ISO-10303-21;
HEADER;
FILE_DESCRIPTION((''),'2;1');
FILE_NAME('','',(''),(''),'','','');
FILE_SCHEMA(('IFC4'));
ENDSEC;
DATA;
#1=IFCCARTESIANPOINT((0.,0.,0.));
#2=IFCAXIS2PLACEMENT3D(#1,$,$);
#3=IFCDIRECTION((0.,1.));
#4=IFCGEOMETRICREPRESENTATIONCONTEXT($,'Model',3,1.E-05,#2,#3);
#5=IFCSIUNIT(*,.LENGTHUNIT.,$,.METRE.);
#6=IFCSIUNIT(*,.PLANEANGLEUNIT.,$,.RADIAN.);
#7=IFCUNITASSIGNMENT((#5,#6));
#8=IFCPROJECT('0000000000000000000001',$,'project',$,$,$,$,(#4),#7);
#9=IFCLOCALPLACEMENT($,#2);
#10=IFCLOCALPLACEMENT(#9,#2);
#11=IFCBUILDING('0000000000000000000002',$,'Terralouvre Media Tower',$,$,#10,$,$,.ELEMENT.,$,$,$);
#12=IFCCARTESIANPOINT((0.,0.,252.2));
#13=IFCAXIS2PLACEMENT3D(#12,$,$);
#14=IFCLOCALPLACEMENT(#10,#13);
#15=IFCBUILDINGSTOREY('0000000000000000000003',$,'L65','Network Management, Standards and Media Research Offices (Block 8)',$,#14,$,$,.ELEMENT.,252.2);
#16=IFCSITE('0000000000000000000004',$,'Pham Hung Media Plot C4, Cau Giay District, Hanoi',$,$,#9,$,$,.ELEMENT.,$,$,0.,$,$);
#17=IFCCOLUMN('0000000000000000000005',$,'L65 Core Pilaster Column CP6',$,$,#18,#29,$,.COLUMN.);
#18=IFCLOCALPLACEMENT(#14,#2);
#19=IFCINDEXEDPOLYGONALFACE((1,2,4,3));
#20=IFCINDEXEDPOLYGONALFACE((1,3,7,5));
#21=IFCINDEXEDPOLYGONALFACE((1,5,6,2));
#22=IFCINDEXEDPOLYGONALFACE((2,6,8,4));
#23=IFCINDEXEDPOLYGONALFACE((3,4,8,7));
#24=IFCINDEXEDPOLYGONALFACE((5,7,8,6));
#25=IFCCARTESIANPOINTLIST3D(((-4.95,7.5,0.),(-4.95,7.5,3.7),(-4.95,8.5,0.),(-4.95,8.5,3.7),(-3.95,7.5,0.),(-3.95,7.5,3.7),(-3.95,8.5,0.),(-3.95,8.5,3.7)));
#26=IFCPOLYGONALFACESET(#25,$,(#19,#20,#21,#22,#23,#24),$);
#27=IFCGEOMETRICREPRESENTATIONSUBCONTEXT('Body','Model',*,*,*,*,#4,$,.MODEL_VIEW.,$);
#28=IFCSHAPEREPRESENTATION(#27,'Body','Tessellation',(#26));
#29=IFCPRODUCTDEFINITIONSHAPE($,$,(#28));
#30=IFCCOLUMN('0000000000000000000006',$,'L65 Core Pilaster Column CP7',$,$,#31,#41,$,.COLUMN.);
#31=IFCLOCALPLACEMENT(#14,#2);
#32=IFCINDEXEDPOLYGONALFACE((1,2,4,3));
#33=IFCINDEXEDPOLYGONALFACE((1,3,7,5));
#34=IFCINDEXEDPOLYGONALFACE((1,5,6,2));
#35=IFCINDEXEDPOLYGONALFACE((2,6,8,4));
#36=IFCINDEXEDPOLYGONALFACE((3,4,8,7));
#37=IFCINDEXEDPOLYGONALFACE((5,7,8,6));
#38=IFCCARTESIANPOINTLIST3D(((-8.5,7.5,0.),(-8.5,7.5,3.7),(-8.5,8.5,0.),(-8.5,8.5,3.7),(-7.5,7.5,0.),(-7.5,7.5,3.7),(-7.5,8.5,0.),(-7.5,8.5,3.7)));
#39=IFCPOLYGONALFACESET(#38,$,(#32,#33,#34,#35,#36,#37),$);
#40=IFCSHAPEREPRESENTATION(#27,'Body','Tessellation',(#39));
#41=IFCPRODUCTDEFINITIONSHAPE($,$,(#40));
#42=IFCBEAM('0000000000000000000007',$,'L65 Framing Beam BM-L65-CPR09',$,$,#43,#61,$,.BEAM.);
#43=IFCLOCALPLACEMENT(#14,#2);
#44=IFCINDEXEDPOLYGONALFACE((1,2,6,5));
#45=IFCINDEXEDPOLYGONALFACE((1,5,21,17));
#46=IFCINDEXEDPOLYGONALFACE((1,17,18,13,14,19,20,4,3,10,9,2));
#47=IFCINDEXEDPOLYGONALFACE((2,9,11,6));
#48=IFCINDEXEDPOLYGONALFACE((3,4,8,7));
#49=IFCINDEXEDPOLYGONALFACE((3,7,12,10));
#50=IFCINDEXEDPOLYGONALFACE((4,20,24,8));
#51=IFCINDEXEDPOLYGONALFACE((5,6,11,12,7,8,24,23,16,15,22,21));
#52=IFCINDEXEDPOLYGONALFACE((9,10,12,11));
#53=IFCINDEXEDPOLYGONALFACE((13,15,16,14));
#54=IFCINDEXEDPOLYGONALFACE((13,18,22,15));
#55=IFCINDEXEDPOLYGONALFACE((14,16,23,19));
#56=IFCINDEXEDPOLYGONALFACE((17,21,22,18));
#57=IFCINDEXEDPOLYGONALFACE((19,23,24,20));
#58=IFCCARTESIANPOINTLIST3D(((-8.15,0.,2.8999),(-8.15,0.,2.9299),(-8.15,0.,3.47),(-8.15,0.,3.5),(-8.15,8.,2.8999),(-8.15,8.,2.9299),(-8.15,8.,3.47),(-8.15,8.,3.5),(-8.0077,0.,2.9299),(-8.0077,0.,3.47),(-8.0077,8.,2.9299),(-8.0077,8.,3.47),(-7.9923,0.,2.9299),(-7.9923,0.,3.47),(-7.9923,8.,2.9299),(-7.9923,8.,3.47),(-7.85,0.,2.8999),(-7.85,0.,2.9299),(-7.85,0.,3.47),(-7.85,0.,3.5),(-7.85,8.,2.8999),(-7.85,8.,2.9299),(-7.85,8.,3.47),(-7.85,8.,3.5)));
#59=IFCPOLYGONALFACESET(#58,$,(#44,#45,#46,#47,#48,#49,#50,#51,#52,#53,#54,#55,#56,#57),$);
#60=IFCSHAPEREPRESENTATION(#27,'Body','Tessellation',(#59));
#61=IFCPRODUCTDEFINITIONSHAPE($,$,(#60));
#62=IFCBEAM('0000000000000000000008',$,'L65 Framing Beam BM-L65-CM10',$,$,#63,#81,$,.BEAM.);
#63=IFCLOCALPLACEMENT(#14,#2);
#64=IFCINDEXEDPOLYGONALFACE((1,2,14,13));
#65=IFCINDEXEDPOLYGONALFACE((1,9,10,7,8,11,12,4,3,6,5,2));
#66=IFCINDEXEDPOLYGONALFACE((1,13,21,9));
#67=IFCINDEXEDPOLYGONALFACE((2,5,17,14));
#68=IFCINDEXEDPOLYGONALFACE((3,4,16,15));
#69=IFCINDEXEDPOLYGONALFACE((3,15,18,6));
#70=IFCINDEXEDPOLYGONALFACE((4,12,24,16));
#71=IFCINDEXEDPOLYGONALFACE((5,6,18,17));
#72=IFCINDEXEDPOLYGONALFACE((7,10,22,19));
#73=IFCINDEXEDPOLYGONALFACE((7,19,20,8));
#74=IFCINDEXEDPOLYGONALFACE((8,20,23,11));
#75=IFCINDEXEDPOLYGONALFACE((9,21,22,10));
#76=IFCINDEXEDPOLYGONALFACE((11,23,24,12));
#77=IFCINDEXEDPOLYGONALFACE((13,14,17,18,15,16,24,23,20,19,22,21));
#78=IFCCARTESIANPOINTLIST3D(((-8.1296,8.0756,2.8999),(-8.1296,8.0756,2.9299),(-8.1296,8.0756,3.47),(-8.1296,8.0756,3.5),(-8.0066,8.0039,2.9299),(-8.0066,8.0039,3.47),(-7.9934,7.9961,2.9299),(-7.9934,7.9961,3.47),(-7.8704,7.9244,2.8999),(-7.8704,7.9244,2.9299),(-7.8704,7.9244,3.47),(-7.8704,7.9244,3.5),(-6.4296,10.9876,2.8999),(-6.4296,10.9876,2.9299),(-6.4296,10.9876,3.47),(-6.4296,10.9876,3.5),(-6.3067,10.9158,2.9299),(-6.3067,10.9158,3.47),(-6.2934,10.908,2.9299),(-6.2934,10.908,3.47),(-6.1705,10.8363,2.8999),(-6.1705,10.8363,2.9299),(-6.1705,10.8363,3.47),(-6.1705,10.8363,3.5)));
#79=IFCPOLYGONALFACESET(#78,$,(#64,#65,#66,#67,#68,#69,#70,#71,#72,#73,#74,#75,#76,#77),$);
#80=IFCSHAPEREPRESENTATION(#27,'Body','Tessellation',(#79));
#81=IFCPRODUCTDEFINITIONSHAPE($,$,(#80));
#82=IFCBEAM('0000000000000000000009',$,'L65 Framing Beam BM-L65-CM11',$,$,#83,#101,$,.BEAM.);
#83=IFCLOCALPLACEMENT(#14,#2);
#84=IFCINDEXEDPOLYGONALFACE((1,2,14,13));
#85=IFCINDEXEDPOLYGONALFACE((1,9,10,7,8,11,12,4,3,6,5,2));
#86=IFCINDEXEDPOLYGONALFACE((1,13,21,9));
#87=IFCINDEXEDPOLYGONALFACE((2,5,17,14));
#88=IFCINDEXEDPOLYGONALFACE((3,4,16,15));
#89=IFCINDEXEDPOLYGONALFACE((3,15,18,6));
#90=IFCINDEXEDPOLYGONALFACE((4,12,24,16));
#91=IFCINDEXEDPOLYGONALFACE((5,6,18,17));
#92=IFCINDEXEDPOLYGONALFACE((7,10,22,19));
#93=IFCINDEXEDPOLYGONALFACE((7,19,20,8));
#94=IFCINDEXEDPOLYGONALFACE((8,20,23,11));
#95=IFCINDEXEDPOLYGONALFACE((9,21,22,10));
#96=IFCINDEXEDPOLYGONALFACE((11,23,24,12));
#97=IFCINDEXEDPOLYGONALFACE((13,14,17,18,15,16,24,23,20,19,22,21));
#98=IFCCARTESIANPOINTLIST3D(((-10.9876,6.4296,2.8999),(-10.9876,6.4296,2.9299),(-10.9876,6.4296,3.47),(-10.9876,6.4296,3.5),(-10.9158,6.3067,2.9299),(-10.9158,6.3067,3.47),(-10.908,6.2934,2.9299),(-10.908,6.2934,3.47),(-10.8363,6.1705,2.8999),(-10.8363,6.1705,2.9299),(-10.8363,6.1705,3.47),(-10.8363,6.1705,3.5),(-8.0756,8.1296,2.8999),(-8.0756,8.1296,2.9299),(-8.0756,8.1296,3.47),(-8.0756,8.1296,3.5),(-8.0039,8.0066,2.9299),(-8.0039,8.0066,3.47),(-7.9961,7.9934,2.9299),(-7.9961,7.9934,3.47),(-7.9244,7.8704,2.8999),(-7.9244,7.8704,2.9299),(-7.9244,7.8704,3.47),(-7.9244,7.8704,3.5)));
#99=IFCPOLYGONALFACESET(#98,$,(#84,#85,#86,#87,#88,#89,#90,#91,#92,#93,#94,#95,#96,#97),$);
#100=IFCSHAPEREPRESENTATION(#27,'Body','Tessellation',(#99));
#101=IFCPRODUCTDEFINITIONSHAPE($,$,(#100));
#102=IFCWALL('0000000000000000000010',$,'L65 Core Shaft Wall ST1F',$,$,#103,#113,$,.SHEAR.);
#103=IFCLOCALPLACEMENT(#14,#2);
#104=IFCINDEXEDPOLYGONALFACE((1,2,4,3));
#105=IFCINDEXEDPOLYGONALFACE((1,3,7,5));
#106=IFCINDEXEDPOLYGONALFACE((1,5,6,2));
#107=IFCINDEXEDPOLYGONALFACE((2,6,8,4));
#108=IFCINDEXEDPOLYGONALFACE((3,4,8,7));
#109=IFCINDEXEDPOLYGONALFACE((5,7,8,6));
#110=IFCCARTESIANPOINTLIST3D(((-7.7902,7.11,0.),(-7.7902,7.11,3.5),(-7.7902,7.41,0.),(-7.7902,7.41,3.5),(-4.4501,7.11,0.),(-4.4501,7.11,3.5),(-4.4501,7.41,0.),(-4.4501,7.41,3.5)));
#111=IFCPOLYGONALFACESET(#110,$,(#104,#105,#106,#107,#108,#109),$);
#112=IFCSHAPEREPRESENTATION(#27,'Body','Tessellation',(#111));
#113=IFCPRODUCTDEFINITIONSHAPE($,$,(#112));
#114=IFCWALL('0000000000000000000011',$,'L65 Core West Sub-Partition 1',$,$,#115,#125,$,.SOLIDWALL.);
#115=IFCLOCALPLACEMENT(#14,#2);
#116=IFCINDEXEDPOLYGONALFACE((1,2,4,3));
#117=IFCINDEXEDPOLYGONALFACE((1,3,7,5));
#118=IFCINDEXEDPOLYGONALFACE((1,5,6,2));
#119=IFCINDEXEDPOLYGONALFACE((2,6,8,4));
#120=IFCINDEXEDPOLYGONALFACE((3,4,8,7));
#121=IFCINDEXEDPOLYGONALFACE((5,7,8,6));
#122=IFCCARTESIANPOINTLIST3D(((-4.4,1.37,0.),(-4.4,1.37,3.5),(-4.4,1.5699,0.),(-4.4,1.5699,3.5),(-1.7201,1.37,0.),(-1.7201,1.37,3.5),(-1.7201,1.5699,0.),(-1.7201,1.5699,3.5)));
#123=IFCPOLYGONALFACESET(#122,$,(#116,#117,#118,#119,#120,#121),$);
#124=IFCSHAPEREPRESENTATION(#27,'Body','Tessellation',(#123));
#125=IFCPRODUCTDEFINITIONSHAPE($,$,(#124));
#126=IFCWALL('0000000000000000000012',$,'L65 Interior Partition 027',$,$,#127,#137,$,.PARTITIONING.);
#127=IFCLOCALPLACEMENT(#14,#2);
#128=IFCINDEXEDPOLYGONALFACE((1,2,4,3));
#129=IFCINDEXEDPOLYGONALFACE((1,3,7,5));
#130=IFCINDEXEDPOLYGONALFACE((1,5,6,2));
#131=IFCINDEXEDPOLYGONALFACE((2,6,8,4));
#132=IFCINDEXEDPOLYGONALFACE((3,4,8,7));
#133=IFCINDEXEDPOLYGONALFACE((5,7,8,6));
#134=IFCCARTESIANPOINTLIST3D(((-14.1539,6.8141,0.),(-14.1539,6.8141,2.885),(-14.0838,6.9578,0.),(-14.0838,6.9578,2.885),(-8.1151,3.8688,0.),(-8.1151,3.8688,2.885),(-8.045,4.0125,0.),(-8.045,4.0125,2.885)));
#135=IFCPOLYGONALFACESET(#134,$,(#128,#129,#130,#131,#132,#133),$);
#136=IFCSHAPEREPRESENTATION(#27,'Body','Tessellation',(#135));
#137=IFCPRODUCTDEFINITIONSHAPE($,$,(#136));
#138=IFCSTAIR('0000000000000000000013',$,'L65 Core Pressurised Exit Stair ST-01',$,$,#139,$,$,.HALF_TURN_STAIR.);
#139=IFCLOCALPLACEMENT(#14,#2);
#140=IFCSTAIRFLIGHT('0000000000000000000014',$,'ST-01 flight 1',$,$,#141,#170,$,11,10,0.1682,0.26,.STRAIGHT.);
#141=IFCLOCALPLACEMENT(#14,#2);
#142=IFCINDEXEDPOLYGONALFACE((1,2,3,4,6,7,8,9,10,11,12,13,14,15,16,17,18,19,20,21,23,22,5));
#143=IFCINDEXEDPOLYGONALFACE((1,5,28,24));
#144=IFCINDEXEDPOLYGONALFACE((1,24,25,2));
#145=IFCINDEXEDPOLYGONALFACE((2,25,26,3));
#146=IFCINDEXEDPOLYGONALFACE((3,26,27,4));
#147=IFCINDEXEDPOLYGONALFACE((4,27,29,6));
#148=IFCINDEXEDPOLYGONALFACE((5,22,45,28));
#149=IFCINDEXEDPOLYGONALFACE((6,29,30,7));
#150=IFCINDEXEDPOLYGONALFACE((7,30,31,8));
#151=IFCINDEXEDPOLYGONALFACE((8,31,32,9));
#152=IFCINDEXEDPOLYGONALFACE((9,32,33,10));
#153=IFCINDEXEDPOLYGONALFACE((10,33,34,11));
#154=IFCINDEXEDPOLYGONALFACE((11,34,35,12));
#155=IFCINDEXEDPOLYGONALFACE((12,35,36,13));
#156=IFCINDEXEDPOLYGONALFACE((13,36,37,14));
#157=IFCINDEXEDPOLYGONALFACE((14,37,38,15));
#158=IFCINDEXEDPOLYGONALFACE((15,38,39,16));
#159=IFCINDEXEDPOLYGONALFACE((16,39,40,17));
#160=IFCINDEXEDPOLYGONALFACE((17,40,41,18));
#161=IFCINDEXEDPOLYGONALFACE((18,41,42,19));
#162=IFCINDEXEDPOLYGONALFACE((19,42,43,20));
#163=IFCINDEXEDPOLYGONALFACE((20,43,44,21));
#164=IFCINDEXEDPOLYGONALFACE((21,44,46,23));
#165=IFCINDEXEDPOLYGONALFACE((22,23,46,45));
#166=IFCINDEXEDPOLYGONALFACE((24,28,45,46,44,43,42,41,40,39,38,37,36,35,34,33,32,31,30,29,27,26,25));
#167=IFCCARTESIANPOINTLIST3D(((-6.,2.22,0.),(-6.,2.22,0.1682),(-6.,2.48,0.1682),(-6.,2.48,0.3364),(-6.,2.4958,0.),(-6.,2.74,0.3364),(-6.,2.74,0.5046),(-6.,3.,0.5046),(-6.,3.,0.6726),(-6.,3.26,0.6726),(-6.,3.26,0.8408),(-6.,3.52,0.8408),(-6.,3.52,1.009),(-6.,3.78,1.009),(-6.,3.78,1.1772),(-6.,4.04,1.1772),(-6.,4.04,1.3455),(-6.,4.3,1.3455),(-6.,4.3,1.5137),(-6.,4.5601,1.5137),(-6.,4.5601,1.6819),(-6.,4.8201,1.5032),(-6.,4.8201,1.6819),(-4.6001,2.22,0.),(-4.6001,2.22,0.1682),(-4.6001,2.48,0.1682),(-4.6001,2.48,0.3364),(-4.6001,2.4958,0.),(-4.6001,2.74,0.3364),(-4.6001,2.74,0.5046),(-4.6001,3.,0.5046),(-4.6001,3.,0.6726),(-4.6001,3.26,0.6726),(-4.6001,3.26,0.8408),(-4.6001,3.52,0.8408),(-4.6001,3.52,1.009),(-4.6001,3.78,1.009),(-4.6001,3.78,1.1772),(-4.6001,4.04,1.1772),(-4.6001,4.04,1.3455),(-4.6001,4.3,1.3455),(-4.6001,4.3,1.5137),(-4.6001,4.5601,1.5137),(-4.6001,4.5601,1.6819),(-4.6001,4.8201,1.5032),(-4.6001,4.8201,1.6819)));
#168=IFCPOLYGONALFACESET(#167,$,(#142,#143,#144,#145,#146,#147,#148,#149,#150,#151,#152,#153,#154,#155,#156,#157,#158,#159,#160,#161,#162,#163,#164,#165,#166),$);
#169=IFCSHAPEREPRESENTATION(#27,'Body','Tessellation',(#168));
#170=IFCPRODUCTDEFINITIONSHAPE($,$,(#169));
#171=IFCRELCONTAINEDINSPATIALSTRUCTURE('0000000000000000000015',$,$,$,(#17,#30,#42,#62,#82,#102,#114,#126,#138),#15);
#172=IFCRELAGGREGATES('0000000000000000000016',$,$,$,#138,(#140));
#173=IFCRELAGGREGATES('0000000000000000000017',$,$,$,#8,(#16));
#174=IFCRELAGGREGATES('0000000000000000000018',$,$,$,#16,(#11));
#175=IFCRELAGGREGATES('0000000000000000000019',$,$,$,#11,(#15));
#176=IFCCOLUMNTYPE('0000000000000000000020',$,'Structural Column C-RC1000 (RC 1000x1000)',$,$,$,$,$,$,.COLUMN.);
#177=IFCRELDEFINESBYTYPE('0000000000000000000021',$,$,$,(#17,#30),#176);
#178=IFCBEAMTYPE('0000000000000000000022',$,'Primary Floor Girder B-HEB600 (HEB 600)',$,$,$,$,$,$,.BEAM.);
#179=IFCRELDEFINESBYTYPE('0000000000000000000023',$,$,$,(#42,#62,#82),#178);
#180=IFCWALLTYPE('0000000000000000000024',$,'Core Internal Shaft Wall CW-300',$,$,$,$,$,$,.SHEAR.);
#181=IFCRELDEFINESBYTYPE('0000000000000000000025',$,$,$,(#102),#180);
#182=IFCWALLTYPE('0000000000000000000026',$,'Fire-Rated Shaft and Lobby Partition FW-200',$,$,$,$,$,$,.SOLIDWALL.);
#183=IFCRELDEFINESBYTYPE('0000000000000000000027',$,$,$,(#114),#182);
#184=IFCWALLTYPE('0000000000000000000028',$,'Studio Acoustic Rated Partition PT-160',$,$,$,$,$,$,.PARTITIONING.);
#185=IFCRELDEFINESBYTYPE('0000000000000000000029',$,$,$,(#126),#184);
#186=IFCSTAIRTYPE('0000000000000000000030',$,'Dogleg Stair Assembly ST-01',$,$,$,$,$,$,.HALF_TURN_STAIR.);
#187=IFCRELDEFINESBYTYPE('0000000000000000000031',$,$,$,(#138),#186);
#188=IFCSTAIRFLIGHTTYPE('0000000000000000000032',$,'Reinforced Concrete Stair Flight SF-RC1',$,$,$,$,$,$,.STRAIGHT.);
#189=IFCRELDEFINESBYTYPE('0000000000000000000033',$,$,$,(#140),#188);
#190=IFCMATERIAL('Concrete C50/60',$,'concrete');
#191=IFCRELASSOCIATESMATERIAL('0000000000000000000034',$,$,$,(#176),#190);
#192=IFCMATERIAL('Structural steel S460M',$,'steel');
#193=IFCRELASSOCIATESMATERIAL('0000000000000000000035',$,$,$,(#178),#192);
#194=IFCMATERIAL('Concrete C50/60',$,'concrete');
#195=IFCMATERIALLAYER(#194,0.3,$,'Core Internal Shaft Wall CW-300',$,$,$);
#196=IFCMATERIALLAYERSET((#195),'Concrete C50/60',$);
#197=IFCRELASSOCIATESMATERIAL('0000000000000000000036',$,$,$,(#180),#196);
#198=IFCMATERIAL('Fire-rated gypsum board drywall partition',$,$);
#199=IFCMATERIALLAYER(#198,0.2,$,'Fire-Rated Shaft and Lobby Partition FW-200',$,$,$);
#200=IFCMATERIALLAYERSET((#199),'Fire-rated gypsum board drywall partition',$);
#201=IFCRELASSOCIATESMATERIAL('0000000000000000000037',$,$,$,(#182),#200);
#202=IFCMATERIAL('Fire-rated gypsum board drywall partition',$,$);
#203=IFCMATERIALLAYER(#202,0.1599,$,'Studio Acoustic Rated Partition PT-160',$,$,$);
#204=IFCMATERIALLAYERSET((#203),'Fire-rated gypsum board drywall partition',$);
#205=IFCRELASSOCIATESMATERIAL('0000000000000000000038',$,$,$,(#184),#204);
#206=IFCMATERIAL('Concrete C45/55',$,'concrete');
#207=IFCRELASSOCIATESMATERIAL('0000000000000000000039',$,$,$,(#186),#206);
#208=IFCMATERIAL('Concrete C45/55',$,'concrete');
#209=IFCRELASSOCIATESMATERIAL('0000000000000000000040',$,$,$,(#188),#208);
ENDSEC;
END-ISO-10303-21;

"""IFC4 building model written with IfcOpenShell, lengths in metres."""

from ifc_helpers import new_model, si_unit, direction, frame, frame_2d, origin, origin_2d, place, context, subcontext, project, spatial, polyline, rectangle, i_section, outline, extrude, material, layer, layer_set, material_profile, profile_set, type_object, element, aggregate, save


model = new_model("IFC4")

# Units and contexts
model_context = context("Model", 3, precision=1e-05, world=origin(), true_north=direction((0.0, 1.0)))
body_context = subcontext(model_context, "Body", "Model", "MODEL_VIEW")
ifc_project = project(units=[si_unit("LENGTHUNIT", "METRE"), si_unit("PLANEANGLEUNIT", "RADIAN")], contexts=[model_context])

# Site, building, storey
site_placement = place(None, origin())
site = spatial("IfcSite", under=ifc_project, at=site_placement, Name="Pham Hung Media Plot C4, Cau Giay District, Hanoi", CompositionType="ELEMENT", RefElevation=0.0)
building_placement = place(site_placement, origin())
building = spatial("IfcBuilding", under=site, at=building_placement, Name="Terralouvre Media Tower", CompositionType="ELEMENT")
storey_placement = place(building_placement, frame((0.0, 0.0, 252.2)))
storey = spatial("IfcBuildingStorey", under=building, at=storey_placement, Name="L65", Description="Network Management, Standards and Media Research Offices (Block 8)", CompositionType="ELEMENT", Elevation=252.2)

# Columns
ifc_material_1 = material(Name="Concrete C50/60", Category="concrete")
ifc_material_profile_1 = material_profile(ifc_material_1, rectangle(XDim=1.0, YDim=1.0, at=origin_2d()), Name="RC 1000x1000")
ifc_profile_set_1 = profile_set([ifc_material_profile_1], Name="Concrete C50/60")
column_type = type_object("IfcColumnType", Name="Structural Column C-RC1000 (RC 1000x1000)", PredefinedType="COLUMN", material=ifc_profile_set_1)
for number, where, z_axis, x_axis, name in (
    (1, (-4.45, 8.0, 0.0), (0.0, 0.0, 1.0), (1.0, 0.0, 0.0), "L65 Core Pilaster Column CP6"),
    (2, (-8.0, 8.0, 0.0), (0.0, 0.0, 1.0), (1.0, 0.0, 0.0), "L65 Core Pilaster Column CP7"),
):
    element("IfcColumn", number, at=place(storey_placement, frame(where, z_axis=z_axis, x_axis=x_axis)), inside=storey, type_object=column_type, Name=name, PredefinedType="COLUMN", context=body_context, shape_type="SweptSolid", body=[
        extrude(rectangle(XDim=1.0, YDim=1.0, at=origin_2d()), origin(), (0.0, 0.0, 1.0), 3.7),
    ])

# Beams
ifc_material_2 = material(Name="Structural steel S460M", Category="steel")
ifc_material_profile_2 = material_profile(ifc_material_2, i_section(OverallWidth=0.3, OverallDepth=0.6001, WebThickness=0.0154, FlangeThickness=0.03, at=origin_2d()), Name="HEB 600")
ifc_profile_set_2 = profile_set([ifc_material_profile_2], Name="Structural steel S460M")
beam_type = type_object("IfcBeamType", Name="Primary Floor Girder B-HEB600 (HEB 600)", PredefinedType="BEAM", material=ifc_profile_set_2)
beam_placement = place(storey_placement, frame((-8.0, 8.0, 3.2), z_axis=(0.0, -1.0, 0.0), x_axis=(1.0, 0.0, 0.0)))
element("IfcBeam", 3, at=beam_placement, inside=storey, type_object=beam_type, Name="L65 Framing Beam BM-L65-CPR09", PredefinedType="BEAM", context=body_context, shape_type="SweptSolid", body=[
    extrude(i_section(OverallWidth=0.3, OverallDepth=0.6001, WebThickness=0.0154, FlangeThickness=0.03, at=origin_2d()), origin(), (0.0, 0.0, 1.0), 8.0),
])
for number, where, z_axis, x_axis, name in (
    (4, (-8.0, 8.0, 3.2), (0.504173, 0.863603, 0.0), (-0.863603, 0.504173, 0.0), "L65 Framing Beam BM-L65-CM10"),
    (5, (-8.0, 8.0, 3.2), (-0.863603, -0.504173, 0.0), (0.504173, -0.863603, 0.0), "L65 Framing Beam BM-L65-CM11"),
):
    element("IfcBeam", number, at=place(storey_placement, frame(where, z_axis=z_axis, x_axis=x_axis)), inside=storey, type_object=beam_type, Name=name, PredefinedType="BEAM", context=body_context, shape_type="SweptSolid", body=[
        extrude(i_section(OverallWidth=0.3, OverallDepth=0.6001, WebThickness=0.0154, FlangeThickness=0.03, at=origin_2d()), origin(), (0.0, 0.0, 1.0), 3.3718),
    ])

# Shared definitions
ifc_material_3 = material(Name="Concrete C50/60", Category="concrete")
ifc_layer_1 = layer(ifc_material_3, 0.3, Name="Core Internal Shaft Wall CW-300")
ifc_layer_set_1 = layer_set([ifc_layer_1], Name="Concrete C50/60")
wall_type_1 = type_object("IfcWallType", Name="Core Internal Shaft Wall CW-300", PredefinedType="SHEAR", material=ifc_layer_set_1)

# Wall
wall_1_placement = place(storey_placement, frame((-7.79, 7.26, 0.0), z_axis=(0.0, 0.0, 1.0), x_axis=(1.0, 0.0, 0.0)))
element("IfcWall", 6, at=wall_1_placement, inside=storey, type_object=wall_type_1, Name="L65 Core Shaft Wall ST1F", PredefinedType="SHEAR", context=body_context, shape_type="SweptSolid", body=[
    extrude(rectangle(XDim=3.3401, YDim=0.3, at=frame_2d((1.6699, 0.0))), origin(), (0.0, 0.0, 1.0), 3.5),
])

# Walls
ifc_material_4 = material(Name="Fire-rated gypsum board drywall partition")
ifc_layer_2 = layer(ifc_material_4, 0.2, Name="Fire-Rated Shaft and Lobby Partition FW-200")
ifc_layer_set_2 = layer_set([ifc_layer_2], Name="Fire-rated gypsum board drywall partition")
wall_type_2 = type_object("IfcWallType", Name="Fire-Rated Shaft and Lobby Partition FW-200", PredefinedType="SOLIDWALL", material=ifc_layer_set_2)
wall_2_placement = place(storey_placement, frame((-4.3999, 1.47, 0.0), z_axis=(0.0, 0.0, 1.0), x_axis=(1.0, 0.0, 0.0)))
element("IfcWall", 7, at=wall_2_placement, inside=storey, type_object=wall_type_2, Name="L65 Core West Sub-Partition 1", PredefinedType="SOLIDWALL", context=body_context, shape_type="SweptSolid", body=[
    extrude(rectangle(XDim=2.6799, YDim=0.2, at=frame_2d((1.3398, 0.0))), origin(), (0.0, 0.0, 1.0), 3.5),
])
ifc_material_5 = material(Name="Fire-rated gypsum board drywall partition")
ifc_layer_3 = layer(ifc_material_5, 0.1599, Name="Studio Acoustic Rated Partition PT-160")
ifc_layer_set_3 = layer_set([ifc_layer_3], Name="Fire-rated gypsum board drywall partition")
wall_type_3 = type_object("IfcWallType", Name="Studio Acoustic Rated Partition PT-160", PredefinedType="PARTITIONING", material=ifc_layer_set_3)
wall_3_placement = place(storey_placement, frame((-8.0801, 3.9407, 0.0), z_axis=(0.0, 0.0, 1.0), x_axis=(-0.898795, 0.438369, 0.0)))
element("IfcWall", 8, at=wall_3_placement, inside=storey, type_object=wall_type_3, Name="L65 Interior Partition 027", PredefinedType="PARTITIONING", context=body_context, shape_type="SweptSolid", body=[
    extrude(rectangle(XDim=6.7188, YDim=0.1599, at=frame_2d((3.3594, 0.0))), origin(), (0.0, 0.0, 1.0), 2.885),
])

# Stair, stair flight
ifc_material_6 = material(Name="Concrete C45/55", Category="concrete")
stair_type = type_object("IfcStairType", Name="Dogleg Stair Assembly ST-01", PredefinedType="HALF_TURN_STAIR", material=ifc_material_6)
stair_placement = place(storey_placement, origin())
stair = element("IfcStair", 9, at=stair_placement, inside=storey, type_object=stair_type, Name="L65 Core Pressurised Exit Stair ST-01", PredefinedType="HALF_TURN_STAIR")
ifc_material_7 = material(Name="Concrete C45/55", Category="concrete")
stair_flight_type = type_object("IfcStairFlightType", Name="Reinforced Concrete Stair Flight SF-RC1", PredefinedType="STRAIGHT", material=ifc_material_7)
stair_flight_1_placement = place(storey_placement, frame((-5.3, 2.22, 0.0), z_axis=(0.0, 0.0, 1.0), x_axis=(0.0, 1.0, 0.0)))
stair_flight_1 = element("IfcStairFlight", 10, at=stair_flight_1_placement, type_object=stair_flight_type, Name="ST-01 flight 1", NumberOfRisers=11, NumberOfTreads=10, PredefinedType="STRAIGHT", RiserHeight=0.1682, TreadLength=0.26, context=body_context, shape_type="SweptSolid", body=[
    extrude(outline(polyline([(0.0, 0.0), (0.0, 0.1682), (0.26, 0.1682), (0.26, 0.3364), (0.52, 0.3364), (0.52, 0.5046), (0.78, 0.5046), (0.78, 0.6726), (1.04, 0.6726), (1.04, 0.8408), (1.3, 0.8408), (1.3, 1.009), (1.5601, 1.009), (1.5601, 1.1772), (1.8201, 1.1772), (1.8201, 1.3455), (2.0801, 1.3455), (2.0801, 1.5137), (2.3401, 1.5137), (2.3401, 1.6819), (2.6001, 1.6819), (2.6001, 1.8501), (2.6001, 1.5032), (0.2759, 0.0), (0.0, 0.0)])), frame((0.0, 0.7, 0.0), z_axis=(0.0, -1.0, 0.0), x_axis=(1.0, 0.0, 0.0)), (0.0, 0.0, 1.0), 1.3999),
])
aggregate(stair, [stair_flight_1])

save(model, "model.ifc")
